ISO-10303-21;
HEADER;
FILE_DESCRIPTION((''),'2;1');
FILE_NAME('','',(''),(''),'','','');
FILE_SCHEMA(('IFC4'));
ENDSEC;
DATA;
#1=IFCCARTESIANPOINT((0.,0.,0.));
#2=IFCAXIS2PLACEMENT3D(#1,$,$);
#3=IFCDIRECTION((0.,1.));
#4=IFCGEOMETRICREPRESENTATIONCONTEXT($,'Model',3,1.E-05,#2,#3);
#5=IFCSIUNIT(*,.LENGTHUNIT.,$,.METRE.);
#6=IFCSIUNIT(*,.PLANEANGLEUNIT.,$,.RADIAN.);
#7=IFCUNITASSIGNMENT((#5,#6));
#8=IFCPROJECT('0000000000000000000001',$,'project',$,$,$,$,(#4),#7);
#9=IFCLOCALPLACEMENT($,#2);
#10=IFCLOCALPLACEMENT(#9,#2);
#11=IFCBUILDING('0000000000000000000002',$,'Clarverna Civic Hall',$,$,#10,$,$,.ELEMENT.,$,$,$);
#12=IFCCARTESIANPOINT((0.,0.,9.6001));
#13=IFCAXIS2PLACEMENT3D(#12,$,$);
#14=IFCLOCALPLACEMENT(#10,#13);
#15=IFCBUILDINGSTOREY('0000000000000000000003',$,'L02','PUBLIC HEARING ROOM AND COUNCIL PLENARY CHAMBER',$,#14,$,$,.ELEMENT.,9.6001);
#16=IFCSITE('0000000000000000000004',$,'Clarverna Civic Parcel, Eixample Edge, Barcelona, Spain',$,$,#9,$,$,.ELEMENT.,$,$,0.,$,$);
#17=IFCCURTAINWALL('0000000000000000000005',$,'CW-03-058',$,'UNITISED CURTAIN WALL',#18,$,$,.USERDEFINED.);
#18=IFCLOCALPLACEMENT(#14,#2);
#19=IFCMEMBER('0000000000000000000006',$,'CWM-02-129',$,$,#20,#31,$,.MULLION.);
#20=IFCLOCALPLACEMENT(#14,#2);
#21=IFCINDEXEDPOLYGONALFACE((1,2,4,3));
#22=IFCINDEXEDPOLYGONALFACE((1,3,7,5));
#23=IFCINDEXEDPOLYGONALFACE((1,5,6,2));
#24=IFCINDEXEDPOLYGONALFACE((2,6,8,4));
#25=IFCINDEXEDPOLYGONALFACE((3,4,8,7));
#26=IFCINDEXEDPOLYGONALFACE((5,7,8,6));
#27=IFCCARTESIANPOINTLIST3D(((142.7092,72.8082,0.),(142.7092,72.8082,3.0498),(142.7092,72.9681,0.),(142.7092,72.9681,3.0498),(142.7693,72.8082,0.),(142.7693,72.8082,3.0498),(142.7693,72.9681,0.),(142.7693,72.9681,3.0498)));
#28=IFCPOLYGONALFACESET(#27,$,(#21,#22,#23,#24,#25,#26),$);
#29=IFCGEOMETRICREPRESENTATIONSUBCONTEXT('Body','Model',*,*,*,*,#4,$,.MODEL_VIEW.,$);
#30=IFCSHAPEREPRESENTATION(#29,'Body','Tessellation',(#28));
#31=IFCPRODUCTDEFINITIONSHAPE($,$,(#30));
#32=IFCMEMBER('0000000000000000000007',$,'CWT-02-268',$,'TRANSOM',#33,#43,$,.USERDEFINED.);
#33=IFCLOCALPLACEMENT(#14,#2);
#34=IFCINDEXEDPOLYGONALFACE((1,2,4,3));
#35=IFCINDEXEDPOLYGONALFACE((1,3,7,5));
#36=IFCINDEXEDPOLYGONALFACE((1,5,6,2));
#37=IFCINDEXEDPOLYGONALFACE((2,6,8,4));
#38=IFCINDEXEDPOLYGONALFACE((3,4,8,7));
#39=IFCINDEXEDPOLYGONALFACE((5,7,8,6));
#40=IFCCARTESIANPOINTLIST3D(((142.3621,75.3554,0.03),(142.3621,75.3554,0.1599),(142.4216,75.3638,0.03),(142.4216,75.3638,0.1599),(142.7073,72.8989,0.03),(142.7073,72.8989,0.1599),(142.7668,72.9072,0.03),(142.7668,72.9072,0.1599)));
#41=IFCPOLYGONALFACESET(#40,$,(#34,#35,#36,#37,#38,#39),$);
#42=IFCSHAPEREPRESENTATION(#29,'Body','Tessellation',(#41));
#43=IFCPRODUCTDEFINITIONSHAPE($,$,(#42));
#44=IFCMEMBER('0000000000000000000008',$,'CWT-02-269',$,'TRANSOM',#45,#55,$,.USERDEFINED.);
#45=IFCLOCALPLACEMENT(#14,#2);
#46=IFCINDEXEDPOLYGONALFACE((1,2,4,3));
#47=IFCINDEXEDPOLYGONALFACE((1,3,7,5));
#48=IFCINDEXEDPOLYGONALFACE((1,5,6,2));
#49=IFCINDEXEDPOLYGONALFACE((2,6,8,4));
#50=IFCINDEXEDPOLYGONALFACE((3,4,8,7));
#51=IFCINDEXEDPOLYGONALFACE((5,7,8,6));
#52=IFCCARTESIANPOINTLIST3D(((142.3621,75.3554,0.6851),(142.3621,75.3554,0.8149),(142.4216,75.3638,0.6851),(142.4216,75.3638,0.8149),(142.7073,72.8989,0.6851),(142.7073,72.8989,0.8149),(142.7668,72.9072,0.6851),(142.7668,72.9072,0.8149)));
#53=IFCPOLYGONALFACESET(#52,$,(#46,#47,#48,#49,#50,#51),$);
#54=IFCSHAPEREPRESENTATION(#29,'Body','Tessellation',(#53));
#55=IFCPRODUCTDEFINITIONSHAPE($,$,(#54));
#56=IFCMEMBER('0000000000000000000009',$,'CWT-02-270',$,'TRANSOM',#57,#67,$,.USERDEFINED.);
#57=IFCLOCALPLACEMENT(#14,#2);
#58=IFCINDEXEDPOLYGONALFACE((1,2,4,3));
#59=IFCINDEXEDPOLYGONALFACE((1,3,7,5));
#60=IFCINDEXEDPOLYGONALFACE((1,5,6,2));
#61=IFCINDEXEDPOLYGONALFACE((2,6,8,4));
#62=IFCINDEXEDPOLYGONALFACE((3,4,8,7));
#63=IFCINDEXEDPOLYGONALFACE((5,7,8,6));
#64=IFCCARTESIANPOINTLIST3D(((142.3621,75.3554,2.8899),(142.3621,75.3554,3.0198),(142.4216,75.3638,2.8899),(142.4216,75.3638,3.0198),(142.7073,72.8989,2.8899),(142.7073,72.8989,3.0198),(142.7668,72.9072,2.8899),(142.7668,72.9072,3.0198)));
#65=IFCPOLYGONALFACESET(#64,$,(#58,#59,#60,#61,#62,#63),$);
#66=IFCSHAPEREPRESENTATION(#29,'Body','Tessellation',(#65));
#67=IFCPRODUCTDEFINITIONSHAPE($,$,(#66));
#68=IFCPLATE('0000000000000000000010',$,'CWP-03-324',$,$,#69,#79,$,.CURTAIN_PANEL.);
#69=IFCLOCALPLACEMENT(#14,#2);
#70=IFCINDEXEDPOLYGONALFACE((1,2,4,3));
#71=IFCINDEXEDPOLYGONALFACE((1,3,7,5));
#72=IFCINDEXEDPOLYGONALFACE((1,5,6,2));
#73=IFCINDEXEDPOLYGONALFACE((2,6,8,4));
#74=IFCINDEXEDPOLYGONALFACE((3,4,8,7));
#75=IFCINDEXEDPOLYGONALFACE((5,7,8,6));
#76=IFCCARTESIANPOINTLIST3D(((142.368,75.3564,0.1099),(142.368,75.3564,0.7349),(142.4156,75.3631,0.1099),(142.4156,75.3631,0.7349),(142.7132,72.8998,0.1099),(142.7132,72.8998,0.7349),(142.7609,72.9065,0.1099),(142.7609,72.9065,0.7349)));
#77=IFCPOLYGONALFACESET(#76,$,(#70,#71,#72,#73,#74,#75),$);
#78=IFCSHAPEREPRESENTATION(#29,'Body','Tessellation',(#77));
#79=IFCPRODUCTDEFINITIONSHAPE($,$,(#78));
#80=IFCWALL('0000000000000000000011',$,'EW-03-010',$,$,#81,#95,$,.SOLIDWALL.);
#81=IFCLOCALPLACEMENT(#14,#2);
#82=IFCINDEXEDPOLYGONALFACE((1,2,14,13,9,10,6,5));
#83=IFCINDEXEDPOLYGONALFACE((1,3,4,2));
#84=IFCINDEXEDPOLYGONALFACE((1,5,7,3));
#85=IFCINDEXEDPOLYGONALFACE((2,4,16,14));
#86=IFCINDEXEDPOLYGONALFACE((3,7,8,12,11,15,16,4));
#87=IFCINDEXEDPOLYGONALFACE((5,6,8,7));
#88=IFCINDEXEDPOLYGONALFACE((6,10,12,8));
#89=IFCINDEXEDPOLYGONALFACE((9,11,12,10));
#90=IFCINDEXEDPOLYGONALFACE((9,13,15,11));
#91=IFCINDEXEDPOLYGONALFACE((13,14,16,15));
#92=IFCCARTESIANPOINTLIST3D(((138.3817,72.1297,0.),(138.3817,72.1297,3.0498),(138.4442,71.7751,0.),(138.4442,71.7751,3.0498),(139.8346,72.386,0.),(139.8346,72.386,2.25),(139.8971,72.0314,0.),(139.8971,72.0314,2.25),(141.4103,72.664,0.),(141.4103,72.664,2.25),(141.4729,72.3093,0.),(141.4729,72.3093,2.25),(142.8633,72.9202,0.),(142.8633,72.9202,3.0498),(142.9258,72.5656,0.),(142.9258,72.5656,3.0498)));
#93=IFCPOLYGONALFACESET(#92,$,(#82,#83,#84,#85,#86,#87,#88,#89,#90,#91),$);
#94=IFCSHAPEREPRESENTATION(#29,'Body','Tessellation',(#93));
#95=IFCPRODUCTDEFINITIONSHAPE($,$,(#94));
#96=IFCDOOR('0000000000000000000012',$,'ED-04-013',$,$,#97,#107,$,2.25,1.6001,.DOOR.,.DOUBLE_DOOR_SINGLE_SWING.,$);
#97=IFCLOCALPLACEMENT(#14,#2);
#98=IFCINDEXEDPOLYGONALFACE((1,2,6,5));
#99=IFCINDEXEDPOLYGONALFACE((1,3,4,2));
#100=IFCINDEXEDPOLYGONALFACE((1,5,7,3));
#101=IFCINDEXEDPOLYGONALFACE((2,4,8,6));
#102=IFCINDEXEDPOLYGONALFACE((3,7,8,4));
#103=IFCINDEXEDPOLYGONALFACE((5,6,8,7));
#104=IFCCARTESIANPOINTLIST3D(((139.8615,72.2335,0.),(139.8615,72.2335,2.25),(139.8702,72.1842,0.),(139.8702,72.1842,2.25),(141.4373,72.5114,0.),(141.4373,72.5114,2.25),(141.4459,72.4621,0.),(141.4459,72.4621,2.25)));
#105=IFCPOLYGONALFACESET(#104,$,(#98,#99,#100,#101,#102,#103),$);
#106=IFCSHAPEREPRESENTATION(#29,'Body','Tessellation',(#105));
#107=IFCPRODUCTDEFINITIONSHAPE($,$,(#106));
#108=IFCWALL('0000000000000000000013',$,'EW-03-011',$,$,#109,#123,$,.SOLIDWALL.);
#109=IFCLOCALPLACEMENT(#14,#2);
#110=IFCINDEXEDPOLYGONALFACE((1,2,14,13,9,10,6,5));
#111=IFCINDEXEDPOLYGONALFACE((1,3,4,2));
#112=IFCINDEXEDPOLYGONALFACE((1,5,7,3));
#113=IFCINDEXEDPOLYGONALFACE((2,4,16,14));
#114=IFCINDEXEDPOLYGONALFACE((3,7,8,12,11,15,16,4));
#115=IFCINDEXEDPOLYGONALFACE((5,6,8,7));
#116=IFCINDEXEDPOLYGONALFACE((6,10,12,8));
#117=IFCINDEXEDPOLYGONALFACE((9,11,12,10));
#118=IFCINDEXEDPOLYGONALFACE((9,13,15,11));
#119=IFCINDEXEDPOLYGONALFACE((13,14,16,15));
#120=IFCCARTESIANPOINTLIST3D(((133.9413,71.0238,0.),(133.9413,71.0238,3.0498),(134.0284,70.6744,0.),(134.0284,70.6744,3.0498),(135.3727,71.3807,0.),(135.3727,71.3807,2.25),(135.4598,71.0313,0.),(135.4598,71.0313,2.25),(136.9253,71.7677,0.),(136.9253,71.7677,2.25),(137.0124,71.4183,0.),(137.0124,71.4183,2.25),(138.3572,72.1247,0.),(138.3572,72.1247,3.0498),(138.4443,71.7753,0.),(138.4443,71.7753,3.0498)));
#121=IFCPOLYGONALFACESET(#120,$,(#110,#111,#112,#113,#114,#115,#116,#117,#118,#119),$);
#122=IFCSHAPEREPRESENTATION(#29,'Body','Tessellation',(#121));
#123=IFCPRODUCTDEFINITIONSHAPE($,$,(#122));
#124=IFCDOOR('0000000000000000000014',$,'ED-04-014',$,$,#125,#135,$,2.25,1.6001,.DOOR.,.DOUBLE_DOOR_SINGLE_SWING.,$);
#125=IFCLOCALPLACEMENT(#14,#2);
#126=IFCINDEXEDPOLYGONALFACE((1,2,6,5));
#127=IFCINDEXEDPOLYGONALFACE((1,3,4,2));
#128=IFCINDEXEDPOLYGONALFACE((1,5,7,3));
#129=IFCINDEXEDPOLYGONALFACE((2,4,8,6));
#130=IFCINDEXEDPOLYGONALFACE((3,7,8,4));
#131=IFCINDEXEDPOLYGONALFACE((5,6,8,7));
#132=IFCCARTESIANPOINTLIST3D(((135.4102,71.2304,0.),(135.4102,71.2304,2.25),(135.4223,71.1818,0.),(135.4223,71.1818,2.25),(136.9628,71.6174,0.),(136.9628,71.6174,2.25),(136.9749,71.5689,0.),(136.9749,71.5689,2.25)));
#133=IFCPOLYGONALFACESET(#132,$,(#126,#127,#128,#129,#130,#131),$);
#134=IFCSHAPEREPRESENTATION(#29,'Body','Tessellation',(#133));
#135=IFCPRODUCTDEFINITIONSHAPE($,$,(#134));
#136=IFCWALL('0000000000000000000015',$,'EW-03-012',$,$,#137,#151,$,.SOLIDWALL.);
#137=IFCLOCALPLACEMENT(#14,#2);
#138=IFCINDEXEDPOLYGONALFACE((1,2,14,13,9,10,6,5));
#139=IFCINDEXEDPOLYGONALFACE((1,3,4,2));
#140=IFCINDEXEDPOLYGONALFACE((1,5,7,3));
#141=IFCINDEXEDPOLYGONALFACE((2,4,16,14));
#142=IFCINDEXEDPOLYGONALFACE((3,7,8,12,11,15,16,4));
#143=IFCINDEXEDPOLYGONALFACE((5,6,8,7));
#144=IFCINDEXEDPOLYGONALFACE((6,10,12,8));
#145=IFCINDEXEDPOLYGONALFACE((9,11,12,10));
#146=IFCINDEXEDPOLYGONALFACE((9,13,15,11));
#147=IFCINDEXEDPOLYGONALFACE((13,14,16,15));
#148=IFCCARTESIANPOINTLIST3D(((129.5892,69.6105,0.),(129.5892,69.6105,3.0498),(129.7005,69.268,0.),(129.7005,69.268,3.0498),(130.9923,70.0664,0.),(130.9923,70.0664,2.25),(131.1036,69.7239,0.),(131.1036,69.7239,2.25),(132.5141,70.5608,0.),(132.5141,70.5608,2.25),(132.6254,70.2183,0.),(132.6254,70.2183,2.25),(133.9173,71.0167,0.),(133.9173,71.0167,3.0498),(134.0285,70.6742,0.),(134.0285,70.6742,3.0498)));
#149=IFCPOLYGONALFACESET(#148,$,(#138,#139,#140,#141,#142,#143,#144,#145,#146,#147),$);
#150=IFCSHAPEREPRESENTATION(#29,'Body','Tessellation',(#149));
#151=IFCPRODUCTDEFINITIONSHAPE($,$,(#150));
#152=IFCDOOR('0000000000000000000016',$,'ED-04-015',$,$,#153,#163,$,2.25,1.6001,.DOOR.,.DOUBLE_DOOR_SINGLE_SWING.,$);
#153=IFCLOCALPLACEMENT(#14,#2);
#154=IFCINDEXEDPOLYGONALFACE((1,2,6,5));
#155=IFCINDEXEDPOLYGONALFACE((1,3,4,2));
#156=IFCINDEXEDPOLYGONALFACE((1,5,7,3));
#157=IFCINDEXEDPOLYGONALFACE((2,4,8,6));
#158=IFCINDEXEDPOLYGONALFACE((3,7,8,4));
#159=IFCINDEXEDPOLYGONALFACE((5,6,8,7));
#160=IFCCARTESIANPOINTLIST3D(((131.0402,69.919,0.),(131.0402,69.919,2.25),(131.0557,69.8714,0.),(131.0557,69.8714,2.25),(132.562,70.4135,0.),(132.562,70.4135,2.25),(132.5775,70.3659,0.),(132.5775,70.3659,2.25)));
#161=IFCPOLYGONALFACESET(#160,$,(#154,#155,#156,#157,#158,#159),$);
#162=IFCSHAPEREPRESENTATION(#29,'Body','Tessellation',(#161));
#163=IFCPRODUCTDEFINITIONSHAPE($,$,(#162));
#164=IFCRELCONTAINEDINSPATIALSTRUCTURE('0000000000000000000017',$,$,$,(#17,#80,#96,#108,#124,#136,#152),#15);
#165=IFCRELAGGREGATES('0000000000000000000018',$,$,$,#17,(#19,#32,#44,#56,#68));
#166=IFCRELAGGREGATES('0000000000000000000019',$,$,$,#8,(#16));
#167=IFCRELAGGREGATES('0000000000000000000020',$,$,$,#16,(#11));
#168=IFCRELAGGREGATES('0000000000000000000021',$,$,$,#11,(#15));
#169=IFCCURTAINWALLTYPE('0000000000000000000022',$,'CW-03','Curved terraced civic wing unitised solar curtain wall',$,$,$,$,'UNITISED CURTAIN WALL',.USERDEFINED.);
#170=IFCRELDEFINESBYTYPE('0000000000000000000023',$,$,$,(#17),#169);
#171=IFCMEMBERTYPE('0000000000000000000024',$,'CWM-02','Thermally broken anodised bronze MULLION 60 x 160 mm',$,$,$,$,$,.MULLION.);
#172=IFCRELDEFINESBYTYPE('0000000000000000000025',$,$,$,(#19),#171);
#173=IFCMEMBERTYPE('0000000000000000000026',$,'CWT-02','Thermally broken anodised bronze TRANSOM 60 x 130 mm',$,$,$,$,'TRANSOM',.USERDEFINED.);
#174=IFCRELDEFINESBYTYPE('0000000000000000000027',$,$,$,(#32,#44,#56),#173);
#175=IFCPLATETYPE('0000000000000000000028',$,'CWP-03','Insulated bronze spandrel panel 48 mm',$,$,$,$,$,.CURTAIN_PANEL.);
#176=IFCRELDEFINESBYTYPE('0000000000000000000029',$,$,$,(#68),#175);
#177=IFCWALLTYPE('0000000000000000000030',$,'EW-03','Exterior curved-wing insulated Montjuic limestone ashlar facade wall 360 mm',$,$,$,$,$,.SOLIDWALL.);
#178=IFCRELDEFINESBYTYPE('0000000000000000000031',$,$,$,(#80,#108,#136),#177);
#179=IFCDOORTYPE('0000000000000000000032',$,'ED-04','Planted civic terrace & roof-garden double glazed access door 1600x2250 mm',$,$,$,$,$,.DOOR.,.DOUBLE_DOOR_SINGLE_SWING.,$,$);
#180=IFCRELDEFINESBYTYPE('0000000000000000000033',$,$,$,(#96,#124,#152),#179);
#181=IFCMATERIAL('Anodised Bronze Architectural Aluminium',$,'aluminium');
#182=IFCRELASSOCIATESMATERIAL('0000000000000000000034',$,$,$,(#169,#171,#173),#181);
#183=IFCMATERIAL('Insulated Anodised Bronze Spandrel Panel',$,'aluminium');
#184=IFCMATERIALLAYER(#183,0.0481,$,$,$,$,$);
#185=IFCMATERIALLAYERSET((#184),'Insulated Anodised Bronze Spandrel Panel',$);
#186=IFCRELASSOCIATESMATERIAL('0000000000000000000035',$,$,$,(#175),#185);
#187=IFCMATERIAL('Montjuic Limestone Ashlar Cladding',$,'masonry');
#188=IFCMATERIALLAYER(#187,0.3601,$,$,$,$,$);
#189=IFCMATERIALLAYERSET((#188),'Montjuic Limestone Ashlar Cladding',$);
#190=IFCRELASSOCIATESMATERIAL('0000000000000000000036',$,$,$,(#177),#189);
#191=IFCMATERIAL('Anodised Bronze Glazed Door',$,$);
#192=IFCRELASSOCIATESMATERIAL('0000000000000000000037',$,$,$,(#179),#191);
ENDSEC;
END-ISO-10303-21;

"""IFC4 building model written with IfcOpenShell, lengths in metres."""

from ifc_helpers import new_model, si_unit, direction, frame, frame_2d, origin, origin_2d, place, context, subcontext, project, spatial, rectangle, extrude, material, layer, layer_set, material_profile, profile_set, type_object, element, fill, aggregate, save


model = new_model("IFC4")

# Units and contexts
model_context = context("Model", 3, precision=1e-05, world=origin(), true_north=direction((0.0, 1.0)))
body_context = subcontext(model_context, "Body", "Model", "MODEL_VIEW")
ifc_project = project(units=[si_unit("LENGTHUNIT", "METRE"), si_unit("PLANEANGLEUNIT", "RADIAN")], contexts=[model_context])

# Site, building, storey
site_placement = place(None, origin())
site = spatial("IfcSite", under=ifc_project, at=site_placement, Name="Clarverna Civic Parcel, Eixample Edge, Barcelona, Spain", CompositionType="ELEMENT", RefElevation=0.0)
building_placement = place(site_placement, origin())
building = spatial("IfcBuilding", under=site, at=building_placement, Name="Clarverna Civic Hall", CompositionType="ELEMENT")
storey_placement = place(building_placement, frame((0.0, 0.0, 9.6001)))
storey = spatial("IfcBuildingStorey", under=building, at=storey_placement, Name="L02", Description="PUBLIC HEARING ROOM AND COUNCIL PLENARY CHAMBER", CompositionType="ELEMENT", Elevation=9.6001)

# Curtain wall, members, plate
ifc_material_1 = material(Name="Anodised Bronze Architectural Aluminium", Category="aluminium")
curtain_wall_type = type_object("IfcCurtainWallType", Name="CW-03", Description="Curved terraced civic wing unitised solar curtain wall", ElementType="UNITISED CURTAIN WALL", PredefinedType="USERDEFINED", material=ifc_material_1)
curtain_wall_placement = place(storey_placement, origin())
curtain_wall = element("IfcCurtainWall", 1, at=curtain_wall_placement, inside=storey, type_object=curtain_wall_type, Name="CW-03-058", ObjectType="UNITISED CURTAIN WALL", PredefinedType="USERDEFINED")
ifc_material_profile_1 = material_profile(ifc_material_1, rectangle(XDim=0.0601, YDim=0.1599, at=origin_2d()), Name="BRONZE 60x160")
ifc_profile_set_1 = profile_set([ifc_material_profile_1], Name="Anodised Bronze Architectural Aluminium")
member_type_1 = type_object("IfcMemberType", Name="CWM-02", Description="Thermally broken anodised bronze MULLION 60 x 160 mm", PredefinedType="MULLION", material=ifc_profile_set_1)
member_1_placement = place(storey_placement, frame((142.7393, 72.8882, 0.0), z_axis=(0.0, 0.0, 1.0), x_axis=(1.0, 0.0, 0.0)))
member_1 = element("IfcMember", 2, at=member_1_placement, type_object=member_type_1, Name="CWM-02-129", PredefinedType="MULLION", context=body_context, shape_type="SweptSolid", body=[
    extrude(rectangle(XDim=0.0601, YDim=0.1599, at=origin_2d()), origin(), (0.0, 0.0, 1.0), 3.0498),
])
ifc_material_profile_2 = material_profile(ifc_material_1, rectangle(XDim=0.0601, YDim=0.1299, at=origin_2d()), Name="BRONZE 60x130")
ifc_profile_set_2 = profile_set([ifc_material_profile_2], Name="Anodised Bronze Architectural Aluminium")
member_type_2 = type_object("IfcMemberType", Name="CWT-02", Description="Thermally broken anodised bronze TRANSOM 60 x 130 mm", ElementType="TRANSOM", PredefinedType="USERDEFINED", material=ifc_profile_set_2)
member_2_placement = place(storey_placement, frame((142.3918, 75.3596, 0.095), z_axis=(0.139161, -0.99027, 0.0), x_axis=(0.99027, 0.139161, 0.0)))
member_2 = element("IfcMember", 3, at=member_2_placement, type_object=member_type_2, Name="CWT-02-268", ObjectType="TRANSOM", PredefinedType="USERDEFINED", context=body_context, shape_type="SweptSolid", body=[
    extrude(rectangle(XDim=0.0601, YDim=0.1299, at=origin_2d()), origin(), (0.0, 0.0, 1.0), 2.4807),
])
member_3_placement = place(storey_placement, frame((142.3918, 75.3596, 0.75), z_axis=(0.139161, -0.99027, 0.0), x_axis=(0.99027, 0.139161, 0.0)))
member_3 = element("IfcMember", 4, at=member_3_placement, type_object=member_type_2, Name="CWT-02-269", ObjectType="TRANSOM", PredefinedType="USERDEFINED", context=body_context, shape_type="SweptSolid", body=[
    extrude(rectangle(XDim=0.0601, YDim=0.1299, at=origin_2d()), origin(), (0.0, 0.0, 1.0), 2.4807),
])
member_4_placement = place(storey_placement, frame((142.3918, 75.3596, 2.9548), z_axis=(0.139161, -0.99027, 0.0), x_axis=(0.99027, 0.139161, 0.0)))
member_4 = element("IfcMember", 5, at=member_4_placement, type_object=member_type_2, Name="CWT-02-270", ObjectType="TRANSOM", PredefinedType="USERDEFINED", context=body_context, shape_type="SweptSolid", body=[
    extrude(rectangle(XDim=0.0601, YDim=0.1299, at=origin_2d()), origin(), (0.0, 0.0, 1.0), 2.4807),
])
ifc_material_2 = material(Name="Insulated Anodised Bronze Spandrel Panel", Category="aluminium")
ifc_layer_1 = layer(ifc_material_2, 0.0481)
ifc_layer_set_1 = layer_set([ifc_layer_1], Name="Insulated Anodised Bronze Spandrel Panel")
plate_type = type_object("IfcPlateType", Name="CWP-03", Description="Insulated bronze spandrel panel 48 mm", PredefinedType="CURTAIN_PANEL", material=ifc_layer_set_1)
plate_placement = place(storey_placement, frame((142.3918, 75.3596, 0.1099), z_axis=(0.0, 0.0, 1.0), x_axis=(0.139161, -0.99027, 0.0)))
plate = element("IfcPlate", 6, at=plate_placement, type_object=plate_type, Name="CWP-03-324", PredefinedType="CURTAIN_PANEL", context=body_context, shape_type="SweptSolid", body=[
    extrude(rectangle(XDim=2.4807, YDim=0.0481, at=frame_2d((1.2402, 0.0))), origin(), (0.0, 0.0, 1.0), 0.625),
])
aggregate(curtain_wall, [member_1, member_2, member_3, member_4, plate])

# Walls, openings, doors
ifc_material_3 = material(Name="Montjuic Limestone Ashlar Cladding", Category="masonry")
ifc_layer_2 = layer(ifc_material_3, 0.3601)
ifc_layer_set_2 = layer_set([ifc_layer_2], Name="Montjuic Limestone Ashlar Cladding")
wall_type = type_object("IfcWallType", Name="EW-03", Description="Exterior curved-wing insulated Montjuic limestone ashlar facade wall 360 mm", PredefinedType="SOLIDWALL", material=ifc_layer_set_2)
wall_1_placement = place(storey_placement, frame((142.8945, 72.7429, 0.0), z_axis=(0.0, 0.0, 1.0), x_axis=(-0.984797, -0.173709, 0.0)))
wall_1 = element("IfcWall", 7, at=wall_1_placement, inside=storey, type_object=wall_type, Name="EW-03-010", PredefinedType="SOLIDWALL", context=body_context, shape_type="SweptSolid", body=[
    extrude(rectangle(XDim=4.5508, YDim=0.3601, at=frame_2d((2.2754, 0.0))), origin(), (0.0, 0.0, 1.0), 3.0498),
])
opening_1_placement = place(wall_1_placement, frame((1.4753, 0.0, 0.0)))
opening_1 = element("IfcOpeningElement", 8, at=opening_1_placement, cuts=wall_1, PredefinedType="OPENING", context=body_context, shape_type="SweptSolid", body=[
    extrude(rectangle(XDim=1.6001, YDim=2.25, at=frame_2d((0.8, 1.125))), frame((0.0, 0.1899, 0.0), z_axis=(0.0, -1.0, 0.0), x_axis=(1.0, 0.0, 0.0)), (0.0, 0.0, 1.0), 0.3801),
])
ifc_material_4 = material(Name="Anodised Bronze Glazed Door")
door_type = type_object("IfcDoorType", Name="ED-04", Description="Planted civic terrace & roof-garden double glazed access door 1600x2250 mm", OperationType="DOUBLE_DOOR_SINGLE_SWING", PredefinedType="DOOR", material=ifc_material_4)
door_1_placement = place(opening_1_placement, origin())
door_1 = element("IfcDoor", 9, at=door_1_placement, inside=storey, type_object=door_type, Name="ED-04-013", OperationType="DOUBLE_DOOR_SINGLE_SWING", OverallHeight=2.25, OverallWidth=1.6001, PredefinedType="DOOR", context=body_context, shape_type="SweptSolid", body=[
    extrude(rectangle(XDim=1.6001, YDim=2.25, at=frame_2d((0.8, 1.125))), frame((0.0, 0.0249, 0.0), z_axis=(0.0, -1.0, 0.0), x_axis=(1.0, 0.0, 0.0)), (0.0, 0.0, 1.0), 0.05),
])
fill(opening_1, door_1)
wall_2_placement = place(storey_placement, frame((138.4006, 71.95, 0.0), z_axis=(0.0, 0.0, 1.0), x_axis=(-0.970303, -0.241892, 0.0)))
wall_2 = element("IfcWall", 10, at=wall_2_placement, inside=storey, type_object=wall_type, Name="EW-03-011", PredefinedType="SOLIDWALL", context=body_context, shape_type="SweptSolid", body=[
    extrude(rectangle(XDim=4.551, YDim=0.3601, at=frame_2d((2.2754, 0.0))), origin(), (0.0, 0.0, 1.0), 3.0498),
])
opening_2_placement = place(wall_2_placement, frame((1.4756, 0.0, 0.0)))
opening_2 = element("IfcOpeningElement", 11, at=opening_2_placement, cuts=wall_2, PredefinedType="OPENING", context=body_context, shape_type="SweptSolid", body=[
    extrude(rectangle(XDim=1.6001, YDim=2.25, at=frame_2d((0.8, 1.125))), frame((0.0, 0.1899, 0.0), z_axis=(0.0, -1.0, 0.0), x_axis=(1.0, 0.0, 0.0)), (0.0, 0.0, 1.0), 0.3801),
])
door_2_placement = place(opening_2_placement, origin())
door_2 = element("IfcDoor", 12, at=door_2_placement, inside=storey, type_object=door_type, Name="ED-04-014", OperationType="DOUBLE_DOOR_SINGLE_SWING", OverallHeight=2.25, OverallWidth=1.6001, PredefinedType="DOOR", context=body_context, shape_type="SweptSolid", body=[
    extrude(rectangle(XDim=1.6001, YDim=2.25, at=frame_2d((0.8, 1.125))), frame((0.0, 0.0249, 0.0), z_axis=(0.0, -1.0, 0.0), x_axis=(1.0, 0.0, 0.0)), (0.0, 0.0, 1.0), 0.05),
])
fill(opening_2, door_2)
wall_3_placement = place(storey_placement, frame((133.9729, 70.8455, 0.0), z_axis=(0.0, 0.0, 1.0), x_axis=(-0.951059, -0.309008, 0.0)))
wall_3 = element("IfcWall", 13, at=wall_3_placement, inside=storey, type_object=wall_type, Name="EW-03-012", PredefinedType="SOLIDWALL", context=body_context, shape_type="SweptSolid", body=[
    extrude(rectangle(XDim=4.5508, YDim=0.3601, at=frame_2d((2.2754, 0.0))), origin(), (0.0, 0.0, 1.0), 3.0498),
])
opening_3_placement = place(wall_3_placement, frame((1.4753, 0.0, 0.0)))
opening_3 = element("IfcOpeningElement", 14, at=opening_3_placement, cuts=wall_3, PredefinedType="OPENING", context=body_context, shape_type="SweptSolid", body=[
    extrude(rectangle(XDim=1.6001, YDim=2.25, at=frame_2d((0.8, 1.125))), frame((0.0, 0.1899, 0.0), z_axis=(0.0, -1.0, 0.0), x_axis=(1.0, 0.0, 0.0)), (0.0, 0.0, 1.0), 0.3801),
])
door_3_placement = place(opening_3_placement, origin())
door_3 = element("IfcDoor", 15, at=door_3_placement, inside=storey, type_object=door_type, Name="ED-04-015", OperationType="DOUBLE_DOOR_SINGLE_SWING", OverallHeight=2.25, OverallWidth=1.6001, PredefinedType="DOOR", context=body_context, shape_type="SweptSolid", body=[
    extrude(rectangle(XDim=1.6001, YDim=2.25, at=frame_2d((0.8, 1.125))), frame((0.0, 0.0249, 0.0), z_axis=(0.0, -1.0, 0.0), x_axis=(1.0, 0.0, 0.0)), (0.0, 0.0, 1.0), 0.05),
])
fill(opening_3, door_3)

save(model, "model.ifc")
